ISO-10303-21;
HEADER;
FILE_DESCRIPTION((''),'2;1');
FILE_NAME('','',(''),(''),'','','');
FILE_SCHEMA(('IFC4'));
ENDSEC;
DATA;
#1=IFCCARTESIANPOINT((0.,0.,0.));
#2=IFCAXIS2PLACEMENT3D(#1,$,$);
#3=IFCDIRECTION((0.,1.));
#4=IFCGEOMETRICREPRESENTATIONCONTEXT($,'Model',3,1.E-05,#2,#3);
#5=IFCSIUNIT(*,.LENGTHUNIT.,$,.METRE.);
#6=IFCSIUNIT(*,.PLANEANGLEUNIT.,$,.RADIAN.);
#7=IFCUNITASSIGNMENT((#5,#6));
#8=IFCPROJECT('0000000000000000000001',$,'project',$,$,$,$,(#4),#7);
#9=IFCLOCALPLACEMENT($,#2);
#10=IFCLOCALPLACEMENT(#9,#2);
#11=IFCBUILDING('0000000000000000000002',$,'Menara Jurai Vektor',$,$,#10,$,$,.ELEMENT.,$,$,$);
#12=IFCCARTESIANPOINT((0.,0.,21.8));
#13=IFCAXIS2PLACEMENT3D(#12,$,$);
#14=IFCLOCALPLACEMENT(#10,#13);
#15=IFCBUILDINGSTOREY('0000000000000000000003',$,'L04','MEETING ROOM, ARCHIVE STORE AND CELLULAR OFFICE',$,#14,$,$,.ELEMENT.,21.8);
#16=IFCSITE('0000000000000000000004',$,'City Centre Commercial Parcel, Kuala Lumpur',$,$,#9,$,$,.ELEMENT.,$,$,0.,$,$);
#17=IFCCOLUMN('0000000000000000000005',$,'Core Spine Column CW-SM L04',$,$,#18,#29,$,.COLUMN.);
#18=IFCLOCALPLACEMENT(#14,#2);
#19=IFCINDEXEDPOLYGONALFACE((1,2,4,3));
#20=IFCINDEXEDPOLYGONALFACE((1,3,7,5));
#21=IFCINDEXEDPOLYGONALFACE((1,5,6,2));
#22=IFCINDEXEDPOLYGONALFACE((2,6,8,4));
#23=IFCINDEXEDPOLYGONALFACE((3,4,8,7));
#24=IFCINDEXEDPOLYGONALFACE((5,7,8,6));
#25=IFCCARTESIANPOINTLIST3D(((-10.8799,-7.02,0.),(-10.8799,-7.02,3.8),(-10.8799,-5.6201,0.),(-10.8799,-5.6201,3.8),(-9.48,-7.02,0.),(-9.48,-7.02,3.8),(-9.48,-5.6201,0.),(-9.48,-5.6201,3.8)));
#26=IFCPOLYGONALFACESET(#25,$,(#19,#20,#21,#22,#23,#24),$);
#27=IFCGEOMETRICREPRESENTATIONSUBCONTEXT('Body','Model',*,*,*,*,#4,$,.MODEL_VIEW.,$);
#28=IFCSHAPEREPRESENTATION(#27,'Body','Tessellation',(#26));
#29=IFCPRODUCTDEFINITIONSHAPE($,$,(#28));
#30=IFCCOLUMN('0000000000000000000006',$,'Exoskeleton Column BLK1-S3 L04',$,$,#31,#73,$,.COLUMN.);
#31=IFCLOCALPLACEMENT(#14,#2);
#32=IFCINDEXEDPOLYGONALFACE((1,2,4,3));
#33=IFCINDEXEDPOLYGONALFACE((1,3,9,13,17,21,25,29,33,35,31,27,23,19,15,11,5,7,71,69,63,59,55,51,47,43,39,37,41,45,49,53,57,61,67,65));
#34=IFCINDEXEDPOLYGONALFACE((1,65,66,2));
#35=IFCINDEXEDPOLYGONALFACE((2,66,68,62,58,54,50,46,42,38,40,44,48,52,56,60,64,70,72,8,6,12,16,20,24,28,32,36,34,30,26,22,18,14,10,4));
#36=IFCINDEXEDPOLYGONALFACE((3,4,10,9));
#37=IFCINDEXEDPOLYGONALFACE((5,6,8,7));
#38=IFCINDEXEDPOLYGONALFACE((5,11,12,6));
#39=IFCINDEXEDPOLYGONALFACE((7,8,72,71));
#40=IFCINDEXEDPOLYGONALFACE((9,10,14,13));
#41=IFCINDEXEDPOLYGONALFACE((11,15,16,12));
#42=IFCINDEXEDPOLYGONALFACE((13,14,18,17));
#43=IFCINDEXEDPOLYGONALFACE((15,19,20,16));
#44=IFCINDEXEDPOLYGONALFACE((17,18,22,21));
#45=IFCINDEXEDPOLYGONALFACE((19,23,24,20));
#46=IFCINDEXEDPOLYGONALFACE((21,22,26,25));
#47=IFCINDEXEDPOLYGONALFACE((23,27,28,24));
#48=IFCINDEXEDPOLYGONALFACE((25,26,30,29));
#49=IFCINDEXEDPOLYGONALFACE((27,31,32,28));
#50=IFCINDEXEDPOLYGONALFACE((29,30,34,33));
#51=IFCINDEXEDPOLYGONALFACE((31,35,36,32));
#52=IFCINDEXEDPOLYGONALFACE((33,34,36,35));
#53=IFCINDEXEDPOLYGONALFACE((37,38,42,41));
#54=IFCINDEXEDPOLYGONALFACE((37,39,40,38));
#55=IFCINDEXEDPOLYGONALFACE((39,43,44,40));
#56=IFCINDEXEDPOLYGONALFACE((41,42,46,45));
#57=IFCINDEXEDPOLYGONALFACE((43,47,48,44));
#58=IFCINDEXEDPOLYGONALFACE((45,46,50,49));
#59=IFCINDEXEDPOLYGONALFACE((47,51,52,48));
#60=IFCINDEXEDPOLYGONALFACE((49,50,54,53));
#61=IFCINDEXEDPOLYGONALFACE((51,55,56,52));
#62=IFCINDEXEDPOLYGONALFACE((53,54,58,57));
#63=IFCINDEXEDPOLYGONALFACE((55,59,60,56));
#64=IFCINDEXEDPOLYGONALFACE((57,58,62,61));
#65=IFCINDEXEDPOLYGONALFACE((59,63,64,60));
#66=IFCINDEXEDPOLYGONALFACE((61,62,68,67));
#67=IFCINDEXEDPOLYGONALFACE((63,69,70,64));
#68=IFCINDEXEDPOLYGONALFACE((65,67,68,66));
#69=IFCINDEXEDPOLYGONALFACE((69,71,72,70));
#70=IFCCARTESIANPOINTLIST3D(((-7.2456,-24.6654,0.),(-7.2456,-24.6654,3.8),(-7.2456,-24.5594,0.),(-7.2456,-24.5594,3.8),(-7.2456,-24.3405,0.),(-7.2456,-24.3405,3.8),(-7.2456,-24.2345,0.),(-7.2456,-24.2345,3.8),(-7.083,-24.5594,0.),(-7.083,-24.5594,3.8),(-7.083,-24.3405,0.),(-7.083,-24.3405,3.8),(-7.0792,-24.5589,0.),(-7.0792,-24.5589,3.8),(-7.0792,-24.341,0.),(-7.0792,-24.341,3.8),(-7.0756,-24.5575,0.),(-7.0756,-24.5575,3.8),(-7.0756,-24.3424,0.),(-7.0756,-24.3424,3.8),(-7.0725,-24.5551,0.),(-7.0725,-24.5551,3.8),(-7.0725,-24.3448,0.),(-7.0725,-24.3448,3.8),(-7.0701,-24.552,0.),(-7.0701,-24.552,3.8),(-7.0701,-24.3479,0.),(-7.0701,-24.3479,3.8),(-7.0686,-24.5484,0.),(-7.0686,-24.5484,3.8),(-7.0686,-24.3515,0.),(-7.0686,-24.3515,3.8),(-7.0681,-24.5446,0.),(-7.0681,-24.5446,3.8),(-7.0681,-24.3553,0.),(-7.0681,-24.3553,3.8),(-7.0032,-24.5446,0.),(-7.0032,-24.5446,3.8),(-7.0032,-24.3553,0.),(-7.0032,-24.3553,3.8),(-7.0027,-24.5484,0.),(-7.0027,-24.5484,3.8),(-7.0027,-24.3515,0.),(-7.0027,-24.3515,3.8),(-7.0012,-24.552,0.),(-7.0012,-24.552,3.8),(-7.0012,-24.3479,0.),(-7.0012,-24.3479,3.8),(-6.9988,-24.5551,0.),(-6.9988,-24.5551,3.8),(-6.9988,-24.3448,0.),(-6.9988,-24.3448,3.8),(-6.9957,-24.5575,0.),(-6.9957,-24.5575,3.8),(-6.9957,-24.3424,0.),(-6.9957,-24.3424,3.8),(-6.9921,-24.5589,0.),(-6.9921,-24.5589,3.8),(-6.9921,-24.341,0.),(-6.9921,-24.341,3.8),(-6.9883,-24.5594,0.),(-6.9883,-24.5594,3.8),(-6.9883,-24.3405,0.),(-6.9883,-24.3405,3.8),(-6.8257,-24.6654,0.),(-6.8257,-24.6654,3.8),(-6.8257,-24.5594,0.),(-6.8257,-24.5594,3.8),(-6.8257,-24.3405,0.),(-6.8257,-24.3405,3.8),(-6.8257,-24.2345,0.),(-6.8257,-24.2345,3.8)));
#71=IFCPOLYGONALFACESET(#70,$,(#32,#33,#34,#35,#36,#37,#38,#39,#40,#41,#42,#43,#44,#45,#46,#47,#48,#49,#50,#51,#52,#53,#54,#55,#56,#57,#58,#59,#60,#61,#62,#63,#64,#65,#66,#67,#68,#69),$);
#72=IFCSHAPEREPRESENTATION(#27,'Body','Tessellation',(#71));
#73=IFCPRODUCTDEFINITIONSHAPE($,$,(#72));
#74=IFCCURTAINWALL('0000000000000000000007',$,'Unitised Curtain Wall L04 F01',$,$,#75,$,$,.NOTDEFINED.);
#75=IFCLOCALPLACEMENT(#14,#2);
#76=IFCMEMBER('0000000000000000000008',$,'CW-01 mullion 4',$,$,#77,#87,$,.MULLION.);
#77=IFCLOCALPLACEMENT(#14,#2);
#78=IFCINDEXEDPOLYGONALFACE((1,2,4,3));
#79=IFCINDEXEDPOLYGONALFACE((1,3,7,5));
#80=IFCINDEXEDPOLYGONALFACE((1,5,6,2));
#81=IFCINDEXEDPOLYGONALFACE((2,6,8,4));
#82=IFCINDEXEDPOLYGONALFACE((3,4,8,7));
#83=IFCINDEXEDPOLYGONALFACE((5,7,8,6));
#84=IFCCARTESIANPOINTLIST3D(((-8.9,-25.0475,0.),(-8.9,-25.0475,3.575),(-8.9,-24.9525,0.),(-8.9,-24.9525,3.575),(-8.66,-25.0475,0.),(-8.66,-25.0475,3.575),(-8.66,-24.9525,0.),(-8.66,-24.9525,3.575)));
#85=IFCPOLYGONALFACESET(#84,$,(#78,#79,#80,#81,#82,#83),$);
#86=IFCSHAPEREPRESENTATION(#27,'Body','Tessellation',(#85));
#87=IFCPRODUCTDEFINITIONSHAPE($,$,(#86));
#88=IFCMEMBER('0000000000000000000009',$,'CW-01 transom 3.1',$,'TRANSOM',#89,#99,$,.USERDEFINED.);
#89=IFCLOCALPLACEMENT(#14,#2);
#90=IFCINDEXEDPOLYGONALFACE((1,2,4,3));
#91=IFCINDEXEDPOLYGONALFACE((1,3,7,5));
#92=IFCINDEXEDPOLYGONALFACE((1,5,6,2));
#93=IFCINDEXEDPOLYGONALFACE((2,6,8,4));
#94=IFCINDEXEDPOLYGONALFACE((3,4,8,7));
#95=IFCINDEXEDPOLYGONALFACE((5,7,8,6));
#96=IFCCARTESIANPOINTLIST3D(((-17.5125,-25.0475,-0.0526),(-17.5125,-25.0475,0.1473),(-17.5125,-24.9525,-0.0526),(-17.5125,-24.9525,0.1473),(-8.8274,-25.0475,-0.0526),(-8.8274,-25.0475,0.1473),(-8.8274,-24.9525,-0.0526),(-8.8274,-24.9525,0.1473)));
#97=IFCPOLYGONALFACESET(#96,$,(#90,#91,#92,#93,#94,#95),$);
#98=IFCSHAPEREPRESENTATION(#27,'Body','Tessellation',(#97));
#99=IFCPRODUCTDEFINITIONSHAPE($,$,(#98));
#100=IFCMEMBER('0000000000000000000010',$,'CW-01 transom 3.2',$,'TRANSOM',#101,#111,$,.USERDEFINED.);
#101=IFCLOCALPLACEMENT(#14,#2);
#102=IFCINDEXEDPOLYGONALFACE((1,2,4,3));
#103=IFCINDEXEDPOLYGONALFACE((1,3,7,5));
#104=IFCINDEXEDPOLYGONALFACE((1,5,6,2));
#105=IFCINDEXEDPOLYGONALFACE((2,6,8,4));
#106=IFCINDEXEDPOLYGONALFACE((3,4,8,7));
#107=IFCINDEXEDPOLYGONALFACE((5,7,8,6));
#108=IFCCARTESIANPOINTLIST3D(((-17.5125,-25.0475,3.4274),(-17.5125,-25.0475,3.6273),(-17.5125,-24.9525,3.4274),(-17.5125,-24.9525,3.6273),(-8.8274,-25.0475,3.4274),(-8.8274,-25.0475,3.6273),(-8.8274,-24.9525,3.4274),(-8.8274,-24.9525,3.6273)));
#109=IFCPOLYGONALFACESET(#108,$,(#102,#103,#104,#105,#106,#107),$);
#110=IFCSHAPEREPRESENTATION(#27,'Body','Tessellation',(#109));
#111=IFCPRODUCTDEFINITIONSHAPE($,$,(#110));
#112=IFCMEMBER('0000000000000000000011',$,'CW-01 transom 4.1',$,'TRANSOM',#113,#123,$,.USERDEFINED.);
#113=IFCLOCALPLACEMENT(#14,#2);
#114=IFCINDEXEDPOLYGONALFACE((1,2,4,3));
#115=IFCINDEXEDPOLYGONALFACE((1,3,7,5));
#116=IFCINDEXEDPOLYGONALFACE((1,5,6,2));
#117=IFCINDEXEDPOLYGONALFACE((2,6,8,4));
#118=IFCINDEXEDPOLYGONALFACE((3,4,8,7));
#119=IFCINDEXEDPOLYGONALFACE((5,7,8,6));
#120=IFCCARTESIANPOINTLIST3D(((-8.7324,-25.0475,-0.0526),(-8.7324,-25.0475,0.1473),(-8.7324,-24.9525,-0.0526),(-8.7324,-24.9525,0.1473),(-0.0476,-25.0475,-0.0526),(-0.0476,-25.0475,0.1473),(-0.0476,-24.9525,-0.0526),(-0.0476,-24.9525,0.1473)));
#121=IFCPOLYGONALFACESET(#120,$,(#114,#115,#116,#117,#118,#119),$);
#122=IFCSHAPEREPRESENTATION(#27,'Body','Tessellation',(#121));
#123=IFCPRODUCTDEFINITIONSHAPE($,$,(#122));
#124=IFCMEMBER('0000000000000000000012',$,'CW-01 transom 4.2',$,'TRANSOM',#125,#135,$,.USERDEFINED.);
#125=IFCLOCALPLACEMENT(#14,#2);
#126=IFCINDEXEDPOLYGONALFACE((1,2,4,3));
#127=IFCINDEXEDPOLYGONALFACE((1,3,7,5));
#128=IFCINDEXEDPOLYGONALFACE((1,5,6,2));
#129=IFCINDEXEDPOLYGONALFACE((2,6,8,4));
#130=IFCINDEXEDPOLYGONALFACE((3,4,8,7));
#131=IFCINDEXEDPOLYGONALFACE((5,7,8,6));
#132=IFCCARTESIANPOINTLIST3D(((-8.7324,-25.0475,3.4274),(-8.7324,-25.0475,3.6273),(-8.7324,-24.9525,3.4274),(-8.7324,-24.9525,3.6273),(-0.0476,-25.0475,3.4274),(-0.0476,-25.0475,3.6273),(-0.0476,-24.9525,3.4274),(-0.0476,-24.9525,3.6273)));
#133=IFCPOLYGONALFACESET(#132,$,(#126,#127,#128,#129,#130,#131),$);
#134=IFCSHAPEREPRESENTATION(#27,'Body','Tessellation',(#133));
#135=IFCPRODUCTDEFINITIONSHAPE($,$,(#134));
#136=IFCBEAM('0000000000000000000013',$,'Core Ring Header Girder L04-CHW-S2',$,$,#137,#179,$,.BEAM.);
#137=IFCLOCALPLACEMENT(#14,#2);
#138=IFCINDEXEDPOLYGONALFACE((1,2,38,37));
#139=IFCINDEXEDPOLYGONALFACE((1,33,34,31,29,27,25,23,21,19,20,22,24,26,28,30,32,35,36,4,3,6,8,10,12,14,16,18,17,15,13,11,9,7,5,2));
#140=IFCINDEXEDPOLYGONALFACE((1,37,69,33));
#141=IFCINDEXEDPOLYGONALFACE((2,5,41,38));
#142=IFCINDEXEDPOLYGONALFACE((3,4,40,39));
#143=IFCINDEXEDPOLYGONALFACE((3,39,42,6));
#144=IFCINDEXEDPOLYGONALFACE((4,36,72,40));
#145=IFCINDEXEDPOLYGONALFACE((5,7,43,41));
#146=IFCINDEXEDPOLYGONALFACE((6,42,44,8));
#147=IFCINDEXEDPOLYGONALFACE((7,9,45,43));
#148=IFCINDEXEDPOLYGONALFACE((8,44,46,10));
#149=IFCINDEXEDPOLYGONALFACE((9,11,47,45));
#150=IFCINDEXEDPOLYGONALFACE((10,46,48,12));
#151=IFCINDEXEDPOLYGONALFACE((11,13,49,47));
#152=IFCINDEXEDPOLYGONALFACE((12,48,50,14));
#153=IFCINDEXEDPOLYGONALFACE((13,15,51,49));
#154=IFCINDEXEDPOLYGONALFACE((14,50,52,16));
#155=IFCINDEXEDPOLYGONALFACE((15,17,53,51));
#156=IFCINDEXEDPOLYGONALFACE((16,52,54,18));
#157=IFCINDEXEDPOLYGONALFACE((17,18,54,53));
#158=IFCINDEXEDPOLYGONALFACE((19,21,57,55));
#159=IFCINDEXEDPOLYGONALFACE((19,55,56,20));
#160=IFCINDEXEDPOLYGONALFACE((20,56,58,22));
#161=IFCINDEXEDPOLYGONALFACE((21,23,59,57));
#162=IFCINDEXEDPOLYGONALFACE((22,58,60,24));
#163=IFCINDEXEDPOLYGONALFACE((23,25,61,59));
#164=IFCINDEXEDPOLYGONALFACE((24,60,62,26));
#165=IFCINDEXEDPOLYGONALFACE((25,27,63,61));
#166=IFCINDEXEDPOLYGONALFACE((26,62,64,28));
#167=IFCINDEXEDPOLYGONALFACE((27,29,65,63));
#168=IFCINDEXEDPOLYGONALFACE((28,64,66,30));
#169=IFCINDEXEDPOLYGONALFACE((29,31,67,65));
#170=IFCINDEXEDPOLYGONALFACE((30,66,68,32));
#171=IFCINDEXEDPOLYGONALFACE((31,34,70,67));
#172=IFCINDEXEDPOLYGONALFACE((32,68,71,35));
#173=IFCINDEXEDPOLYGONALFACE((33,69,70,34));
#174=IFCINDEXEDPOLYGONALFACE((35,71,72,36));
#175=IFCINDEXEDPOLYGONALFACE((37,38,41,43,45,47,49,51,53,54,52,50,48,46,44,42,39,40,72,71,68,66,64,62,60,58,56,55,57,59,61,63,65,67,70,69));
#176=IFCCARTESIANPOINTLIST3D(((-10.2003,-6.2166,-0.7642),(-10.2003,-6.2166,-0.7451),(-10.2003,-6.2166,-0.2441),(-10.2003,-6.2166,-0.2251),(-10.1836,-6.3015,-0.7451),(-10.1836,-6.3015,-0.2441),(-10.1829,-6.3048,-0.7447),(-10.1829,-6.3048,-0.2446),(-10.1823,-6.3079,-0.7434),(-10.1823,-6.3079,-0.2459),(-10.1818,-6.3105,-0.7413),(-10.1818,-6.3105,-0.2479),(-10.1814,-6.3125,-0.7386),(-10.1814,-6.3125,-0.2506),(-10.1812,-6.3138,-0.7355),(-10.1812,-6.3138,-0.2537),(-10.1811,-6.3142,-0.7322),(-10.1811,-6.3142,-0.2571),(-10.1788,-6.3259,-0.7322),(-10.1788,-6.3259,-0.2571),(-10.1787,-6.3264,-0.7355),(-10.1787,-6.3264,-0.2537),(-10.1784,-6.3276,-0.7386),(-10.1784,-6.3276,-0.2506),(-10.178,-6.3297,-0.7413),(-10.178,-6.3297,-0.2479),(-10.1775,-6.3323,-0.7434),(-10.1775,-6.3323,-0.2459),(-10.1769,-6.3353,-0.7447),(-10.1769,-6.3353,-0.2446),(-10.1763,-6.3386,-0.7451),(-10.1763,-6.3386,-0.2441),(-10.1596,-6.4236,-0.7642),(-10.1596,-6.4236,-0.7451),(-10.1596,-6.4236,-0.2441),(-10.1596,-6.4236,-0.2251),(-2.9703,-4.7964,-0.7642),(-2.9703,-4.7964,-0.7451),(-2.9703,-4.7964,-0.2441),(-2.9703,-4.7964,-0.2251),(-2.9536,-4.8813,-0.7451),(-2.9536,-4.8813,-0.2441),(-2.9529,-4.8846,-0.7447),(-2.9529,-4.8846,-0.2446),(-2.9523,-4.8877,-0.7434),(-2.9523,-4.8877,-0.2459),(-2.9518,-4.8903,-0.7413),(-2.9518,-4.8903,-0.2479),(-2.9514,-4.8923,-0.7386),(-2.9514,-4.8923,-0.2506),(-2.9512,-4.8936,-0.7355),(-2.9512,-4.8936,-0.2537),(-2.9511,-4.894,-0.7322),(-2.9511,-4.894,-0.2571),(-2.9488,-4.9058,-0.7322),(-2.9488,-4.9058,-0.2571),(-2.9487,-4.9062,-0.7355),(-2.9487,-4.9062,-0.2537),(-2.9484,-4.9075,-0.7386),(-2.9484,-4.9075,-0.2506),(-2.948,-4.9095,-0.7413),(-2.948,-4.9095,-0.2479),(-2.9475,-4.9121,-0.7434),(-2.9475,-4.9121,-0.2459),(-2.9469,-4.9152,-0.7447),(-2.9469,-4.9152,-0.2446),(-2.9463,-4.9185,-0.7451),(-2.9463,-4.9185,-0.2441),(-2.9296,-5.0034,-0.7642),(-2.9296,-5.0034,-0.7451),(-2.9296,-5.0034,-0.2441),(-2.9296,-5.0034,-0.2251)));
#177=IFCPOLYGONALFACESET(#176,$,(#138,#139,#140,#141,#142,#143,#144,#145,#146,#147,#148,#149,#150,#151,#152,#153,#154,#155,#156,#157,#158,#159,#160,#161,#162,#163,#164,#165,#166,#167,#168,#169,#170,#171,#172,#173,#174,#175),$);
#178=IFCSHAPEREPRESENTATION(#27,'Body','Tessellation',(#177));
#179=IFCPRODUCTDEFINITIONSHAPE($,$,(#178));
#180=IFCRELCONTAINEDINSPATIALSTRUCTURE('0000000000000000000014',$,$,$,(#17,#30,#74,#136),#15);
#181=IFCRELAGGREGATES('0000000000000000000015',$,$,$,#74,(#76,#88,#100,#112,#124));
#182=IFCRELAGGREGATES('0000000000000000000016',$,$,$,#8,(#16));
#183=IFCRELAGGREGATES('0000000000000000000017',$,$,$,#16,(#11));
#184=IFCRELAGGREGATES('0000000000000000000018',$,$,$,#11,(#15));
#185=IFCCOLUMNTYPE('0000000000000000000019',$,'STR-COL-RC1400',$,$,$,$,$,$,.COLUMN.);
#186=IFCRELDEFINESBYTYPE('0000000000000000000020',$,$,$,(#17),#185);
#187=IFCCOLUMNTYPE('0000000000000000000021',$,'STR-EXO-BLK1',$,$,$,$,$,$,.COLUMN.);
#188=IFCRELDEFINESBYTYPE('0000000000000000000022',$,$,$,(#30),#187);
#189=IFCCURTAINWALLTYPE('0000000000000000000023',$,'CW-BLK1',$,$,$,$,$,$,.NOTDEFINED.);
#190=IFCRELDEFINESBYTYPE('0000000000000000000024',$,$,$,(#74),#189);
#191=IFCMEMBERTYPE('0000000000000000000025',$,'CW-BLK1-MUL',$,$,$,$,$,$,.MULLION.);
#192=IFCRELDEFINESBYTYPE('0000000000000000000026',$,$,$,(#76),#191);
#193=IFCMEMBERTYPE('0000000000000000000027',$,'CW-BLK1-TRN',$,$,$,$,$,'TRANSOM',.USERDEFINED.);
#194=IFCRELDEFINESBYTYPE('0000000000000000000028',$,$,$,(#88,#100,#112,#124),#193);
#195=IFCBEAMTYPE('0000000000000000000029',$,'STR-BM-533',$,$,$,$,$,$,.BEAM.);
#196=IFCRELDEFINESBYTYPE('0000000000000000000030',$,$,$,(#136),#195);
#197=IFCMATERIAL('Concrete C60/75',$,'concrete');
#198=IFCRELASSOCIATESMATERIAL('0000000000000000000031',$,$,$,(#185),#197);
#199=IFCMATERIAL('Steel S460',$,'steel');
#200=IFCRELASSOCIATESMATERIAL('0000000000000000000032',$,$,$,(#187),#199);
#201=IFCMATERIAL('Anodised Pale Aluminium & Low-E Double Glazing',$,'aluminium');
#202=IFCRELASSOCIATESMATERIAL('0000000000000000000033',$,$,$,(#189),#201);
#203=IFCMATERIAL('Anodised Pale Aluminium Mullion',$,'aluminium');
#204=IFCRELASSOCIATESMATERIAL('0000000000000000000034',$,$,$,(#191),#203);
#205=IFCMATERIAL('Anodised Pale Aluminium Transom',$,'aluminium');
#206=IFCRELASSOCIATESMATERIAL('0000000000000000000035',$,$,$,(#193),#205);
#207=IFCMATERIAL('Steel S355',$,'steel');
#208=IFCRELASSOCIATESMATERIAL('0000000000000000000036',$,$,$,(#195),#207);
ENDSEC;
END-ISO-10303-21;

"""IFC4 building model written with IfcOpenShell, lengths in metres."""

from ifc_helpers import new_model, si_unit, direction, frame, origin, origin_2d, place, context, subcontext, project, spatial, rectangle, i_section, extrude, material, material_profile, profile_set, type_object, element, aggregate, save


model = new_model("IFC4")

# Units and contexts
model_context = context("Model", 3, precision=1e-05, world=origin(), true_north=direction((0.0, 1.0)))
body_context = subcontext(model_context, "Body", "Model", "MODEL_VIEW")
ifc_project = project(units=[si_unit("LENGTHUNIT", "METRE"), si_unit("PLANEANGLEUNIT", "RADIAN")], contexts=[model_context])

# Site, building, storey
site_placement = place(None, origin())
site = spatial("IfcSite", under=ifc_project, at=site_placement, Name="City Centre Commercial Parcel, Kuala Lumpur", CompositionType="ELEMENT", RefElevation=0.0)
building_placement = place(site_placement, origin())
building = spatial("IfcBuilding", under=site, at=building_placement, Name="Menara Jurai Vektor", CompositionType="ELEMENT")
storey_placement = place(building_placement, frame((0.0, 0.0, 21.8)))
storey = spatial("IfcBuildingStorey", under=building, at=storey_placement, Name="L04", Description="MEETING ROOM, ARCHIVE STORE AND CELLULAR OFFICE", CompositionType="ELEMENT", Elevation=21.8)

# Columns
ifc_material_1 = material(Name="Concrete C60/75", Category="concrete")
ifc_material_profile_1 = material_profile(ifc_material_1, rectangle(XDim=1.3999, YDim=1.3999, at=origin_2d()), Name="RC 1400x1400")
ifc_profile_set_1 = profile_set([ifc_material_profile_1], Name="Concrete C60/75")
column_type_1 = type_object("IfcColumnType", Name="STR-COL-RC1400", PredefinedType="COLUMN", material=ifc_profile_set_1)
column_1_placement = place(storey_placement, frame((-10.1799, -6.3201, 0.0), z_axis=(0.0, 0.0, 1.0), x_axis=(1.0, 0.0, 0.0)))
element("IfcColumn", 1, at=column_1_placement, inside=storey, type_object=column_type_1, Name="Core Spine Column CW-SM L04", PredefinedType="COLUMN", context=body_context, shape_type="SweptSolid", body=[
    extrude(rectangle(XDim=1.3999, YDim=1.3999, at=origin_2d()), origin(), (0.0, 0.0, 1.0), 3.8),
])
ifc_material_2 = material(Name="Steel S460", Category="steel")
ifc_material_profile_2 = material_profile(ifc_material_2, i_section(OverallWidth=0.4199, OverallDepth=0.4309, WebThickness=0.0649, FlangeThickness=0.106, FilletRadius=0.0149, at=origin_2d()), Name="HD 400x900")
ifc_profile_set_2 = profile_set([ifc_material_profile_2], Name="Steel S460")
column_type_2 = type_object("IfcColumnType", Name="STR-EXO-BLK1", PredefinedType="COLUMN", material=ifc_profile_set_2)
column_2_placement = place(storey_placement, frame((-7.0356, -24.45, 0.0), z_axis=(0.0, 0.0, 1.0), x_axis=(1.0, 0.0, 0.0)))
element("IfcColumn", 2, at=column_2_placement, inside=storey, type_object=column_type_2, Name="Exoskeleton Column BLK1-S3 L04", PredefinedType="COLUMN", context=body_context, shape_type="SweptSolid", body=[
    extrude(i_section(OverallWidth=0.4199, OverallDepth=0.4309, WebThickness=0.0649, FlangeThickness=0.106, FilletRadius=0.0149, at=origin_2d()), origin(), (0.0, 0.0, 1.0), 3.8),
])

# Curtain wall, members
ifc_material_3 = material(Name="Anodised Pale Aluminium & Low-E Double Glazing", Category="aluminium")
curtain_wall_type = type_object("IfcCurtainWallType", Name="CW-BLK1", PredefinedType="NOTDEFINED", material=ifc_material_3)
curtain_wall_placement = place(storey_placement, origin())
curtain_wall = element("IfcCurtainWall", 3, at=curtain_wall_placement, inside=storey, type_object=curtain_wall_type, Name="Unitised Curtain Wall L04 F01", PredefinedType="NOTDEFINED")
ifc_material_4 = material(Name="Anodised Pale Aluminium Mullion", Category="aluminium")
ifc_material_profile_3 = material_profile(ifc_material_4, rectangle(XDim=0.095, YDim=0.24, at=origin_2d()), Name="ALU MUL 95x240")
ifc_profile_set_3 = profile_set([ifc_material_profile_3], Name="Anodised Pale Aluminium Mullion")
member_type_1 = type_object("IfcMemberType", Name="CW-BLK1-MUL", PredefinedType="MULLION", material=ifc_profile_set_3)
member_1_placement = place(storey_placement, frame((-8.78, -25.0, 0.0), z_axis=(0.0, 0.0, 1.0), x_axis=(0.0, 1.0, 0.0)))
member_1 = element("IfcMember", 4, at=member_1_placement, type_object=member_type_1, Name="CW-01 mullion 4", PredefinedType="MULLION", context=body_context, shape_type="SweptSolid", body=[
    extrude(rectangle(XDim=0.095, YDim=0.24, at=origin_2d()), origin(), (0.0, 0.0, 1.0), 3.575),
])
ifc_material_5 = material(Name="Anodised Pale Aluminium Transom", Category="aluminium")
ifc_material_profile_4 = material_profile(ifc_material_5, rectangle(XDim=0.095, YDim=0.2, at=origin_2d()), Name="ALU TRN 95x200")
ifc_profile_set_4 = profile_set([ifc_material_profile_4], Name="Anodised Pale Aluminium Transom")
member_type_2 = type_object("IfcMemberType", Name="CW-BLK1-TRN", ElementType="TRANSOM", PredefinedType="USERDEFINED", material=ifc_profile_set_4)
member_2_placement = place(storey_placement, frame((-17.5125, -25.0, 0.0474), z_axis=(1.0, 0.0, 0.0), x_axis=(0.0, 1.0, 0.0)))
member_2 = element("IfcMember", 5, at=member_2_placement, type_object=member_type_2, Name="CW-01 transom 3.1", ObjectType="TRANSOM", PredefinedType="USERDEFINED", context=body_context, shape_type="SweptSolid", body=[
    extrude(rectangle(XDim=0.095, YDim=0.2, at=origin_2d()), origin(), (0.0, 0.0, 1.0), 8.6851),
])
member_3_placement = place(storey_placement, frame((-17.5125, -25.0, 3.5273), z_axis=(1.0, 0.0, 0.0), x_axis=(0.0, 1.0, 0.0)))
member_3 = element("IfcMember", 6, at=member_3_placement, type_object=member_type_2, Name="CW-01 transom 3.2", ObjectType="TRANSOM", PredefinedType="USERDEFINED", context=body_context, shape_type="SweptSolid", body=[
    extrude(rectangle(XDim=0.095, YDim=0.2, at=origin_2d()), origin(), (0.0, 0.0, 1.0), 8.6851),
])
member_4_placement = place(storey_placement, frame((-8.7324, -25.0, 0.0474), z_axis=(1.0, 0.0, 0.0), x_axis=(0.0, 1.0, 0.0)))
member_4 = element("IfcMember", 7, at=member_4_placement, type_object=member_type_2, Name="CW-01 transom 4.1", ObjectType="TRANSOM", PredefinedType="USERDEFINED", context=body_context, shape_type="SweptSolid", body=[
    extrude(rectangle(XDim=0.095, YDim=0.2, at=origin_2d()), origin(), (0.0, 0.0, 1.0), 8.6848),
])
member_5_placement = place(storey_placement, frame((-8.7324, -25.0, 3.5273), z_axis=(1.0, 0.0, 0.0), x_axis=(0.0, 1.0, 0.0)))
member_5 = element("IfcMember", 8, at=member_5_placement, type_object=member_type_2, Name="CW-01 transom 4.2", ObjectType="TRANSOM", PredefinedType="USERDEFINED", context=body_context, shape_type="SweptSolid", body=[
    extrude(rectangle(XDim=0.095, YDim=0.2, at=origin_2d()), origin(), (0.0, 0.0, 1.0), 8.6848),
])

# Beam
ifc_material_6 = material(Name="Steel S355", Category="steel")
ifc_material_profile_5 = material_profile(ifc_material_6, i_section(OverallWidth=0.2109, OverallDepth=0.5391, WebThickness=0.012, FlangeThickness=0.019, FilletRadius=0.0129, at=origin_2d()), Name="UKB 533x210x109")
ifc_profile_set_5 = profile_set([ifc_material_profile_5], Name="Steel S355")
beam_type_1 = type_object("IfcBeamType", Name="STR-BM-533", PredefinedType="BEAM", material=ifc_profile_set_5)
beam_1_placement = place(storey_placement, frame((-10.1799, -6.3201, -0.4946), z_axis=(0.981249, 0.192744, 0.0), x_axis=(-0.192744, 0.981249, 0.0)))
element("IfcBeam", 9, at=beam_1_placement, inside=storey, type_object=beam_type_1, Name="Core Ring Header Girder L04-CHW-S2", PredefinedType="BEAM", context=body_context, shape_type="SweptSolid", body=[
    extrude(i_section(OverallWidth=0.2109, OverallDepth=0.5391, WebThickness=0.012, FlangeThickness=0.019, FilletRadius=0.0129, at=origin_2d()), origin(), (0.0, 0.0, 1.0), 7.3682),
])

aggregate(curtain_wall, [member_1, member_2, member_3, member_4, member_5])

save(model, "model.ifc")
